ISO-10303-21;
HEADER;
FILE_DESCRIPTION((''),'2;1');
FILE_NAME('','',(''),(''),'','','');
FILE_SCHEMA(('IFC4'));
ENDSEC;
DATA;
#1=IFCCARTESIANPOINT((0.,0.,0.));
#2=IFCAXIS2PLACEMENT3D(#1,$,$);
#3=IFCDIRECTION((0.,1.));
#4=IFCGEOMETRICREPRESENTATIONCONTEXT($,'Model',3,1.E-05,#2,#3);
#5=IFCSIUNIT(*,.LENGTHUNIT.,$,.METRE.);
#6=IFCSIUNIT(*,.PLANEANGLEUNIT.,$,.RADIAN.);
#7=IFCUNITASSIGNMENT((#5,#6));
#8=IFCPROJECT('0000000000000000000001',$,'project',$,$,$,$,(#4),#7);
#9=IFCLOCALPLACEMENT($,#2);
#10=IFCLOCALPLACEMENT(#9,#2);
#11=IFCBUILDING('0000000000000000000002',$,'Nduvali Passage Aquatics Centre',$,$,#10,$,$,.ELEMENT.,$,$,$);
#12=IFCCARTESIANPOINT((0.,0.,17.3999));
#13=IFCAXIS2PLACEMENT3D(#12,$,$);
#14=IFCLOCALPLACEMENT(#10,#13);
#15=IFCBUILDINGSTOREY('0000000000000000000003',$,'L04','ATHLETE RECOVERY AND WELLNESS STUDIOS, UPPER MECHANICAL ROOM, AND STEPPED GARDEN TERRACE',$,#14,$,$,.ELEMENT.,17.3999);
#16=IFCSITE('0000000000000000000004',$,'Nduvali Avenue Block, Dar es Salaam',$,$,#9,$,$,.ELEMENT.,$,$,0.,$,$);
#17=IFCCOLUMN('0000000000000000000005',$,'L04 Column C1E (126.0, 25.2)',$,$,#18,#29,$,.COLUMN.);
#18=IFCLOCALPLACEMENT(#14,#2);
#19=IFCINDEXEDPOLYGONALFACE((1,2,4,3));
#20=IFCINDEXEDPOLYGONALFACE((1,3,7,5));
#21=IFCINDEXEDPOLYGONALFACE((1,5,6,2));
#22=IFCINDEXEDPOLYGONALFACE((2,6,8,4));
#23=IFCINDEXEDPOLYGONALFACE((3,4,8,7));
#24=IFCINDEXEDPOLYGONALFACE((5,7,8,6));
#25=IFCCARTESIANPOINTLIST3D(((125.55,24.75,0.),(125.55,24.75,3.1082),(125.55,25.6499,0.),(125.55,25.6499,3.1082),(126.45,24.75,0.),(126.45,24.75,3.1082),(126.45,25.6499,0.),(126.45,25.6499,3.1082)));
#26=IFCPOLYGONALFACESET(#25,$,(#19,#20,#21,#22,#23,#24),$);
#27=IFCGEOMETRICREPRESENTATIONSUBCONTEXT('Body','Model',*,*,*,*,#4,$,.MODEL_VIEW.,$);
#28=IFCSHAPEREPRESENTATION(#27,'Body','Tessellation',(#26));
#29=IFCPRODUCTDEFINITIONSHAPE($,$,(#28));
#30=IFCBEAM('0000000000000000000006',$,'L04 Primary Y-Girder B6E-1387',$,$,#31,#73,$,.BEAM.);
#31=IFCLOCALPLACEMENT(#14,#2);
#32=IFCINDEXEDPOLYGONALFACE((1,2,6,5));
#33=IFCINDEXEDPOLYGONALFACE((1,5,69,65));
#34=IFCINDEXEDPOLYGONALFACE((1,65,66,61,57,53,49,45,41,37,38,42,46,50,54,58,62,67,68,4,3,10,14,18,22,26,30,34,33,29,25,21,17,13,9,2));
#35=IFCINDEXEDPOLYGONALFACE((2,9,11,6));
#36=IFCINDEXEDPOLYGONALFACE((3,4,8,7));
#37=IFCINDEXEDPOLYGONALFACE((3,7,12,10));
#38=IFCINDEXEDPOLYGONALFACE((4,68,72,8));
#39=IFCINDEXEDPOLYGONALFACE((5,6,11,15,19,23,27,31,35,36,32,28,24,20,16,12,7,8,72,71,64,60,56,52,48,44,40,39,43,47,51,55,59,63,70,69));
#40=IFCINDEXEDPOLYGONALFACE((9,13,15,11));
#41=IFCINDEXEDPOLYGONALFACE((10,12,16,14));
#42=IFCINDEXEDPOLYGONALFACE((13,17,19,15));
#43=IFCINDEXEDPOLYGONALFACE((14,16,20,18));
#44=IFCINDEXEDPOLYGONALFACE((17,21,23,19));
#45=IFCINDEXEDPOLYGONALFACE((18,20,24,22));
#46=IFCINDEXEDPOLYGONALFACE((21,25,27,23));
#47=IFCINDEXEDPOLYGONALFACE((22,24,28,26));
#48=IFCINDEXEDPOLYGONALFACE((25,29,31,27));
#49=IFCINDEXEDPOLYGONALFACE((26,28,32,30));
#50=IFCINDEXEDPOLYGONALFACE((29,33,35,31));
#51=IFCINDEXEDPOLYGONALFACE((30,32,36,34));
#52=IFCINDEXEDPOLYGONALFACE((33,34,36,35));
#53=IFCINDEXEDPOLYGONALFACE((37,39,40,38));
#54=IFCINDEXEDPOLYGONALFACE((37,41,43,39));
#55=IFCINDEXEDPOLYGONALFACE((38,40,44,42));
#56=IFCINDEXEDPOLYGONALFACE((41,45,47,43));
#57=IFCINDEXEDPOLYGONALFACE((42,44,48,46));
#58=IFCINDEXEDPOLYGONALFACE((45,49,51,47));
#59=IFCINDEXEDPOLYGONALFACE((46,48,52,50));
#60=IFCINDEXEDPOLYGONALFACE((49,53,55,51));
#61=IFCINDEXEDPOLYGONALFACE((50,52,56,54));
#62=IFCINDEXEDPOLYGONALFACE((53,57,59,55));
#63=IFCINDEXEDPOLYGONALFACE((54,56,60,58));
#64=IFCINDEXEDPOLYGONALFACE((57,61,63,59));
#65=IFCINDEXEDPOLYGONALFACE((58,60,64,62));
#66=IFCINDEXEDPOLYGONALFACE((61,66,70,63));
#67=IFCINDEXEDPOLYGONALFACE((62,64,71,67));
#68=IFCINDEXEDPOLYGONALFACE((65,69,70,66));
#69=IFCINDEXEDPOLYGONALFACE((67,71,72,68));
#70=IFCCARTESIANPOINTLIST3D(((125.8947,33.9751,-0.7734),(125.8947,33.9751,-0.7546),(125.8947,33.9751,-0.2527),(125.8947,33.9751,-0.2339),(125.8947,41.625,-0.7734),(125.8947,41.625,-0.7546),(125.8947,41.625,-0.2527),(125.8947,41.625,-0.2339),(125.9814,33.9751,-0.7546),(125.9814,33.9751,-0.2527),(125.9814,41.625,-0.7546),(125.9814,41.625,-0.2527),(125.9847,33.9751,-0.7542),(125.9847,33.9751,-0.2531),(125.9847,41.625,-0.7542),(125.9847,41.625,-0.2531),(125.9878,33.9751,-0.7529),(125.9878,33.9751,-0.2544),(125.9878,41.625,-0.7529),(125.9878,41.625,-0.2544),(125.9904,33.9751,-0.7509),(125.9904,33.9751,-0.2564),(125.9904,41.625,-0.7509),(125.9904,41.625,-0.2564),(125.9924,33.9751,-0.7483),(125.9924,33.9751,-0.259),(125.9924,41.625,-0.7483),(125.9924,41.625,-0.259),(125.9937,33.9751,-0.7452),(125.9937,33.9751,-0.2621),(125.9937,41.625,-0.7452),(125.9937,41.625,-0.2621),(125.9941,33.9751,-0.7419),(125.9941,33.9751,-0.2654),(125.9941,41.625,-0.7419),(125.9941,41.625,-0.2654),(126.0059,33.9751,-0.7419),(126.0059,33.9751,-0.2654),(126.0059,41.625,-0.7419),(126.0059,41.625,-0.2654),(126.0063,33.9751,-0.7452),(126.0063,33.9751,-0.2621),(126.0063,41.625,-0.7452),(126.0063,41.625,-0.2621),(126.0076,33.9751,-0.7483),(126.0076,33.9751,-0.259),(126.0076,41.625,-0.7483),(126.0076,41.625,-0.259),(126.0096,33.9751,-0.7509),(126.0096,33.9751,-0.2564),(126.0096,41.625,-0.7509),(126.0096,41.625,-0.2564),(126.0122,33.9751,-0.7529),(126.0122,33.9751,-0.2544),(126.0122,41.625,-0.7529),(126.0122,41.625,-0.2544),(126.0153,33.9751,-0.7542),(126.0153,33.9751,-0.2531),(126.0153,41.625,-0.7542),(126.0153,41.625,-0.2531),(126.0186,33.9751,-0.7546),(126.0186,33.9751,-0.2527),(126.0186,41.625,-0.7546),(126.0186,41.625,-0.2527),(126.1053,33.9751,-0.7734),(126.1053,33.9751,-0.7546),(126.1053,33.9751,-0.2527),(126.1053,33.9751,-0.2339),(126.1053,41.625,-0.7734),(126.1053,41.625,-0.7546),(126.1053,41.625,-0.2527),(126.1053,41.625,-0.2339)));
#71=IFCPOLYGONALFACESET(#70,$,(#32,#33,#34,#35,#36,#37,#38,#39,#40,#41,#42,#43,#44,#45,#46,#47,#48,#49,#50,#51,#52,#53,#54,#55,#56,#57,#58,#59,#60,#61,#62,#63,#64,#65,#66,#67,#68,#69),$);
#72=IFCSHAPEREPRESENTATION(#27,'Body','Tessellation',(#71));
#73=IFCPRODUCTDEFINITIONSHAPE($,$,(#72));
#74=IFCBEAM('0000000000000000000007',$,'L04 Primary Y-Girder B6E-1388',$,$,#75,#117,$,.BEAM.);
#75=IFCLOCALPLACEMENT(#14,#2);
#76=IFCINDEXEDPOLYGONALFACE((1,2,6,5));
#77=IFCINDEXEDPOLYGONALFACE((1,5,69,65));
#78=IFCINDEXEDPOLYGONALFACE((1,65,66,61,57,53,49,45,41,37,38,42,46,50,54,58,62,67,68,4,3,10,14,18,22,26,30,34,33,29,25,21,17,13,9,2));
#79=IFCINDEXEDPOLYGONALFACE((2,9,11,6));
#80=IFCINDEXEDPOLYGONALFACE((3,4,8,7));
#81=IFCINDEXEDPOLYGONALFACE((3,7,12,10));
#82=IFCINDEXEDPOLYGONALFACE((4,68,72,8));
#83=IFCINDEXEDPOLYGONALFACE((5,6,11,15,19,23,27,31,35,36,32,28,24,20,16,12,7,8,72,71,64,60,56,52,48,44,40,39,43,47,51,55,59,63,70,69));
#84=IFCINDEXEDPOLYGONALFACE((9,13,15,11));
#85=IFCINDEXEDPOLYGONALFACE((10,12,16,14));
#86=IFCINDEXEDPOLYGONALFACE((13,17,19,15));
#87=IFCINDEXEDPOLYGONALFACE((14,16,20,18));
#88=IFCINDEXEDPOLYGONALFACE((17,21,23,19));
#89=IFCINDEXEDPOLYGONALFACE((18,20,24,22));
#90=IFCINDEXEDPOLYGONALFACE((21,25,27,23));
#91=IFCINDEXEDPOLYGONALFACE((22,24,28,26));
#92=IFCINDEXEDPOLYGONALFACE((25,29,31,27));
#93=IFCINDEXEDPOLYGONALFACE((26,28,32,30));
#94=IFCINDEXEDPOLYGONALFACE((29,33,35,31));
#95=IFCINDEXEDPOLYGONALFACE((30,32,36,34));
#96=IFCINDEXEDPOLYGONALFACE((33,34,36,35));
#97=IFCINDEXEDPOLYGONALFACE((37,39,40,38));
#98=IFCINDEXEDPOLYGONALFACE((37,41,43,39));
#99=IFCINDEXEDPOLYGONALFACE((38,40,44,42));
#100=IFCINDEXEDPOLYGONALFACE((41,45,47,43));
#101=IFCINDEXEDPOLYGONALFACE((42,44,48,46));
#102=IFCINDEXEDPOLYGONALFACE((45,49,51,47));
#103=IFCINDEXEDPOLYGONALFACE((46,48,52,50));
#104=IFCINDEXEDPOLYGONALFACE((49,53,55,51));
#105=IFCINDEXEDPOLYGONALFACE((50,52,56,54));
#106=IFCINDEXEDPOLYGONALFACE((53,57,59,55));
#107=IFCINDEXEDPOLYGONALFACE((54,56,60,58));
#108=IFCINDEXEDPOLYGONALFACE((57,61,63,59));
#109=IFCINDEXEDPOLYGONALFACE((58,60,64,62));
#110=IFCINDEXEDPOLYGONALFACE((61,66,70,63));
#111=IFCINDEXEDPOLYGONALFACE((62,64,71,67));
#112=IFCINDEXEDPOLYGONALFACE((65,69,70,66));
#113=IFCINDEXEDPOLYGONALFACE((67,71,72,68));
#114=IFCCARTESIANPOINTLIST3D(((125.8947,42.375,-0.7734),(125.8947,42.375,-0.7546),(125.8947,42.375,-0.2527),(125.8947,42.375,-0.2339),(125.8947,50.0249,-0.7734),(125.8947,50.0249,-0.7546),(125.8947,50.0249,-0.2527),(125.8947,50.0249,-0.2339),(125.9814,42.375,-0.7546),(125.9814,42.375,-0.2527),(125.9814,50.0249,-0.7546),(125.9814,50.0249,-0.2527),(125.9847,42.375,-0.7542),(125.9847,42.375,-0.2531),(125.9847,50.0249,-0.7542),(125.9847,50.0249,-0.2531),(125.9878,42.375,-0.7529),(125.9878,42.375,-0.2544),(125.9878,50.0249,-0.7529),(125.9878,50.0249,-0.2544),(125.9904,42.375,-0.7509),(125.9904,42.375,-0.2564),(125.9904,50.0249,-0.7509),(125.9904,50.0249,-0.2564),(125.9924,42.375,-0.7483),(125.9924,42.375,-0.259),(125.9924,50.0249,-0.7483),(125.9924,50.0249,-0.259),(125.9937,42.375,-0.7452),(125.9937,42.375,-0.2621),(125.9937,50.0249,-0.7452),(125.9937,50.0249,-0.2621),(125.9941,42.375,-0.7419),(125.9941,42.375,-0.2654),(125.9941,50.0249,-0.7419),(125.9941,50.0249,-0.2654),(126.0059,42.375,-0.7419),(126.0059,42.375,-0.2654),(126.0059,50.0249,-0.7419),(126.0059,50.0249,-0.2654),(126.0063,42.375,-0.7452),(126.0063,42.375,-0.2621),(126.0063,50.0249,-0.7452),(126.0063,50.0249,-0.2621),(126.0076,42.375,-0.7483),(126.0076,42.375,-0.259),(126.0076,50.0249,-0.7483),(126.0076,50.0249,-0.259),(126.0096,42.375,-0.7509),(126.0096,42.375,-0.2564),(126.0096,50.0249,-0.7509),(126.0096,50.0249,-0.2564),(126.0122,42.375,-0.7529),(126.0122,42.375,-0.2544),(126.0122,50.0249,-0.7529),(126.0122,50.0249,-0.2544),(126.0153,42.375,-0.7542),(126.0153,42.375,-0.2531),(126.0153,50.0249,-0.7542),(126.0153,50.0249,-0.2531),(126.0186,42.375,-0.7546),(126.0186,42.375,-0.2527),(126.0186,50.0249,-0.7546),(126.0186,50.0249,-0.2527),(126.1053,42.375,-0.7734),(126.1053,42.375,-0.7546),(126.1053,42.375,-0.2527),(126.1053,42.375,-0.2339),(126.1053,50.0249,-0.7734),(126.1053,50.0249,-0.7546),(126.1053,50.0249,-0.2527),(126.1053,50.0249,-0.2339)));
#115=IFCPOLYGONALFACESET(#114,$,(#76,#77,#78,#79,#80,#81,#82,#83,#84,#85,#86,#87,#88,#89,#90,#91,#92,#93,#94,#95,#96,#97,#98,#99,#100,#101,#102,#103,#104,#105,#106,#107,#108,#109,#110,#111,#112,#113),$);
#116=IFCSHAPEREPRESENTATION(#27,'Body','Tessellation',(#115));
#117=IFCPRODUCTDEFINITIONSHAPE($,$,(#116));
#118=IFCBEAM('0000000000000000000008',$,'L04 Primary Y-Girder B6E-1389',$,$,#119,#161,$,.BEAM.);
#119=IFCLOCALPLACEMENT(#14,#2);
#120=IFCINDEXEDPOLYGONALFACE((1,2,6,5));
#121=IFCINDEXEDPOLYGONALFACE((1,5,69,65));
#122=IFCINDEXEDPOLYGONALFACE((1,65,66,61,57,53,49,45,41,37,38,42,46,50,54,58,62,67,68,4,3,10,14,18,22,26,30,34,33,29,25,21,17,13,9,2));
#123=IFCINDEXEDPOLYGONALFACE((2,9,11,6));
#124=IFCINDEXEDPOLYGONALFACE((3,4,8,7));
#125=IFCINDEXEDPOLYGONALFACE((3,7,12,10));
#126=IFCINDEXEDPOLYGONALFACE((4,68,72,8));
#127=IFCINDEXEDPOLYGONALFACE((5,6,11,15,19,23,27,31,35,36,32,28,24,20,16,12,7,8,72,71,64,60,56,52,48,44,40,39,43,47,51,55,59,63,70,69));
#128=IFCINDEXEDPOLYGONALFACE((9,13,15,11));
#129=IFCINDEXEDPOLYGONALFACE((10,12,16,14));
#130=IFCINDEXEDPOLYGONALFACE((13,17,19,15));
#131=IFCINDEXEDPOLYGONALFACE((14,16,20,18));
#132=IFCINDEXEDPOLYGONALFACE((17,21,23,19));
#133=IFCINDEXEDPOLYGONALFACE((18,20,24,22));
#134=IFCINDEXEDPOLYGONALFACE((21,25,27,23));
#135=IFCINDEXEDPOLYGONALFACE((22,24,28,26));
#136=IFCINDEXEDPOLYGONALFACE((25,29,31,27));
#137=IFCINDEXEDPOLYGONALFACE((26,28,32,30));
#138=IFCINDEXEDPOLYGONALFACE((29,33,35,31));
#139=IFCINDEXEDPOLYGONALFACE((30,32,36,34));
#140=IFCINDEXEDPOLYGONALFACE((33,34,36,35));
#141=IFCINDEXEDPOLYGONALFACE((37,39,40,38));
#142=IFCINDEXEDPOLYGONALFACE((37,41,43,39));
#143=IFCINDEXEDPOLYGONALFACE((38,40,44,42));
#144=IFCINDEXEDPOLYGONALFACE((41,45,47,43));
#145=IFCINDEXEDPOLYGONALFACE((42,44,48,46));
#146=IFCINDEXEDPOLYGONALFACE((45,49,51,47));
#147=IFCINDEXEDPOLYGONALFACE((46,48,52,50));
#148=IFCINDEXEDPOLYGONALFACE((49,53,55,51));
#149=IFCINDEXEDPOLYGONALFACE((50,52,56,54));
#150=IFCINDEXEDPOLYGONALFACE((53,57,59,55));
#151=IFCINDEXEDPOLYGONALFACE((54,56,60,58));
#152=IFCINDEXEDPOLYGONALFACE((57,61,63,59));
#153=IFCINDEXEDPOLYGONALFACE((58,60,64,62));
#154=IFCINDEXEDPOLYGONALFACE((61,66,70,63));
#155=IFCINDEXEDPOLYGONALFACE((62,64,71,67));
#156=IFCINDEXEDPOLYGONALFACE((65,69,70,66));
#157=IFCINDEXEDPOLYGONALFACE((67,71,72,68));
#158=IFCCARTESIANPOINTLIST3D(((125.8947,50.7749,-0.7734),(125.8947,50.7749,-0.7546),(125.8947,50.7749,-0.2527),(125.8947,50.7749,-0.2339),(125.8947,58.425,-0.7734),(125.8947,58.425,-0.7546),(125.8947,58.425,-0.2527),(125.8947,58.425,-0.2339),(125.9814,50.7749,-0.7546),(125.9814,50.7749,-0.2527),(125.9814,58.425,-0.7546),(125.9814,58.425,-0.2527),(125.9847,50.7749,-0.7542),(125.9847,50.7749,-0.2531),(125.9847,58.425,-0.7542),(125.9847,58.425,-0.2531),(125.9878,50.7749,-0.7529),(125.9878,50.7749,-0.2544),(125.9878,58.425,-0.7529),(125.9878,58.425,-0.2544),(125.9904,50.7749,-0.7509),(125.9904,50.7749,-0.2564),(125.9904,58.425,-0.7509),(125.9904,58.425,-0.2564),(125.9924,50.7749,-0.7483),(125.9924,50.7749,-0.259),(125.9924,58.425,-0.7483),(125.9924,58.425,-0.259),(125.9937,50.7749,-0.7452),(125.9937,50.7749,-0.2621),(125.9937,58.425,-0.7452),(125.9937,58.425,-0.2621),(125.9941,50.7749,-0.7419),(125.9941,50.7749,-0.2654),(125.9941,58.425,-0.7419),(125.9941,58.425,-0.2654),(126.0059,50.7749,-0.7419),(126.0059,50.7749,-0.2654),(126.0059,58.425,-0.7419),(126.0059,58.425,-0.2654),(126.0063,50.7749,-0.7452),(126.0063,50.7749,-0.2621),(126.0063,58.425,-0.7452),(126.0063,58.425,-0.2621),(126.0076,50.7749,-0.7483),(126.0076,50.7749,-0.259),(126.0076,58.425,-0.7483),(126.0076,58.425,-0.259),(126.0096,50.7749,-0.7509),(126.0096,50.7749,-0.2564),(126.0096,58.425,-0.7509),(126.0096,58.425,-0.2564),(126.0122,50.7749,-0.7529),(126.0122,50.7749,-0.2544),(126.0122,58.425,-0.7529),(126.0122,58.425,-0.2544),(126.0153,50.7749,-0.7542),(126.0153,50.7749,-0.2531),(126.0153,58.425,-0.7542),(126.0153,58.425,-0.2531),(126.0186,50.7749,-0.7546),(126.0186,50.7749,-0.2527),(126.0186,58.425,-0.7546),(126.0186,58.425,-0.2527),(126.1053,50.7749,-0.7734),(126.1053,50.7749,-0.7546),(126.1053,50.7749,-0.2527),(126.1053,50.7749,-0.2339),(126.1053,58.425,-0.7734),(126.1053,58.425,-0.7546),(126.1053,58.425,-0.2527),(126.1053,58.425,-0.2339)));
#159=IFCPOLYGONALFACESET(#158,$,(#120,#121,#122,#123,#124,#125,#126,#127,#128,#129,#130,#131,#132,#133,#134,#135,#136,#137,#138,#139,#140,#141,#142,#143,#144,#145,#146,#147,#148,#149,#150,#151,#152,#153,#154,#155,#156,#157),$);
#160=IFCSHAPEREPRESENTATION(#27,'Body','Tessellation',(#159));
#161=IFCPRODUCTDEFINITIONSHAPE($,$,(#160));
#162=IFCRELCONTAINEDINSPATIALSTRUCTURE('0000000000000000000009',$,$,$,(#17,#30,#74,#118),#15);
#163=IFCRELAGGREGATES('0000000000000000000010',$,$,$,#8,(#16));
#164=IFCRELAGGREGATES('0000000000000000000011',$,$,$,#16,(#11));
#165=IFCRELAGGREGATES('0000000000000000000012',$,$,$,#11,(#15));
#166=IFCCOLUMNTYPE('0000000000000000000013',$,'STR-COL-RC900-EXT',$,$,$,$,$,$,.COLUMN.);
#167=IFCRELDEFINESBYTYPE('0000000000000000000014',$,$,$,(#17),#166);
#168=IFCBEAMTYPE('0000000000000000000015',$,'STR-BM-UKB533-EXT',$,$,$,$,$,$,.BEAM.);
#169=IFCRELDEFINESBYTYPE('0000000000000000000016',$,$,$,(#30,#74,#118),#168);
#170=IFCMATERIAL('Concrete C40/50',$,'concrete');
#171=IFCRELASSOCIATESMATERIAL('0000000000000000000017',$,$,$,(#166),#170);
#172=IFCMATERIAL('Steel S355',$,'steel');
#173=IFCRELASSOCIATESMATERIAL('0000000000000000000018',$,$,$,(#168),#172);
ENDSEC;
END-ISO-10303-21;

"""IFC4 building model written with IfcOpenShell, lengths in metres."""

from ifc_helpers import new_model, si_unit, direction, frame, origin, origin_2d, place, context, subcontext, project, spatial, rectangle, i_section, extrude, material, material_profile, profile_set, type_object, element, save


model = new_model("IFC4")

# Units and contexts
model_context = context("Model", 3, precision=1e-05, world=origin(), true_north=direction((0.0, 1.0)))
body_context = subcontext(model_context, "Body", "Model", "MODEL_VIEW")
ifc_project = project(units=[si_unit("LENGTHUNIT", "METRE"), si_unit("PLANEANGLEUNIT", "RADIAN")], contexts=[model_context])

# Site, building, storey
site_placement = place(None, origin())
site = spatial("IfcSite", under=ifc_project, at=site_placement, Name="Nduvali Avenue Block, Dar es Salaam", CompositionType="ELEMENT", RefElevation=0.0)
building_placement = place(site_placement, origin())
building = spatial("IfcBuilding", under=site, at=building_placement, Name="Nduvali Passage Aquatics Centre", CompositionType="ELEMENT")
storey_placement = place(building_placement, frame((0.0, 0.0, 17.3999)))
storey = spatial("IfcBuildingStorey", under=building, at=storey_placement, Name="L04", Description="ATHLETE RECOVERY AND WELLNESS STUDIOS, UPPER MECHANICAL ROOM, AND STEPPED GARDEN TERRACE", CompositionType="ELEMENT", Elevation=17.3999)

# Column
ifc_material_1 = material(Name="Concrete C40/50", Category="concrete")
ifc_material_profile_1 = material_profile(ifc_material_1, rectangle(XDim=0.8999, YDim=0.8999, at=origin_2d()), Name="RC 900x900")
ifc_profile_set_1 = profile_set([ifc_material_profile_1], Name="Concrete C40/50")
column_type = type_object("IfcColumnType", Name="STR-COL-RC900-EXT", PredefinedType="COLUMN", material=ifc_profile_set_1)
column_placement = place(storey_placement, frame((126.0, 25.2, 0.0), z_axis=(0.0, 0.0, 1.0), x_axis=(1.0, 0.0, 0.0)))
element("IfcColumn", 1, at=column_placement, inside=storey, type_object=column_type, Name="L04 Column C1E (126.0, 25.2)", PredefinedType="COLUMN", context=body_context, shape_type="SweptSolid", body=[
    extrude(rectangle(XDim=0.8999, YDim=0.8999, at=origin_2d()), origin(), (0.0, 0.0, 1.0), 3.1082),
])

# Beams
ifc_material_2 = material(Name="Steel S355", Category="steel")
ifc_material_profile_2 = material_profile(ifc_material_2, i_section(OverallWidth=0.2107, OverallDepth=0.5396, WebThickness=0.0117, FlangeThickness=0.0188, FilletRadius=0.0127, at=origin_2d()), Name="UKB 533x210x109")
ifc_profile_set_2 = profile_set([ifc_material_profile_2], Name="Steel S355")
beam_type = type_object("IfcBeamType", Name="STR-BM-UKB533-EXT", PredefinedType="BEAM", material=ifc_profile_set_2)
for number, where, z_axis, x_axis, name in (
    (2, (126.0, 33.9751, -0.5037), (0.0, 1.0, 0.0), (-1.0, 0.0, 0.0), "L04 Primary Y-Girder B6E-1387"),
    (3, (126.0, 42.375, -0.5037), (0.0, 1.0, 0.0), (-1.0, 0.0, 0.0), "L04 Primary Y-Girder B6E-1388"),
):
    element("IfcBeam", number, at=place(storey_placement, frame(where, z_axis=z_axis, x_axis=x_axis)), inside=storey, type_object=beam_type, Name=name, PredefinedType="BEAM", context=body_context, shape_type="SweptSolid", body=[
        extrude(i_section(OverallWidth=0.2107, OverallDepth=0.5396, WebThickness=0.0117, FlangeThickness=0.0188, FilletRadius=0.0127, at=origin_2d()), origin(), (0.0, 0.0, 1.0), 7.6499),
    ])
beam_1_placement = place(storey_placement, frame((126.0, 50.7749, -0.5037), z_axis=(0.0, 1.0, 0.0), x_axis=(-1.0, 0.0, 0.0)))
element("IfcBeam", 4, at=beam_1_placement, inside=storey, type_object=beam_type, Name="L04 Primary Y-Girder B6E-1389", PredefinedType="BEAM", context=body_context, shape_type="SweptSolid", body=[
    extrude(i_section(OverallWidth=0.2107, OverallDepth=0.5396, WebThickness=0.0117, FlangeThickness=0.0188, FilletRadius=0.0127, at=origin_2d()), origin(), (0.0, 0.0, 1.0), 7.6501),
])

save(model, "model.ifc")
